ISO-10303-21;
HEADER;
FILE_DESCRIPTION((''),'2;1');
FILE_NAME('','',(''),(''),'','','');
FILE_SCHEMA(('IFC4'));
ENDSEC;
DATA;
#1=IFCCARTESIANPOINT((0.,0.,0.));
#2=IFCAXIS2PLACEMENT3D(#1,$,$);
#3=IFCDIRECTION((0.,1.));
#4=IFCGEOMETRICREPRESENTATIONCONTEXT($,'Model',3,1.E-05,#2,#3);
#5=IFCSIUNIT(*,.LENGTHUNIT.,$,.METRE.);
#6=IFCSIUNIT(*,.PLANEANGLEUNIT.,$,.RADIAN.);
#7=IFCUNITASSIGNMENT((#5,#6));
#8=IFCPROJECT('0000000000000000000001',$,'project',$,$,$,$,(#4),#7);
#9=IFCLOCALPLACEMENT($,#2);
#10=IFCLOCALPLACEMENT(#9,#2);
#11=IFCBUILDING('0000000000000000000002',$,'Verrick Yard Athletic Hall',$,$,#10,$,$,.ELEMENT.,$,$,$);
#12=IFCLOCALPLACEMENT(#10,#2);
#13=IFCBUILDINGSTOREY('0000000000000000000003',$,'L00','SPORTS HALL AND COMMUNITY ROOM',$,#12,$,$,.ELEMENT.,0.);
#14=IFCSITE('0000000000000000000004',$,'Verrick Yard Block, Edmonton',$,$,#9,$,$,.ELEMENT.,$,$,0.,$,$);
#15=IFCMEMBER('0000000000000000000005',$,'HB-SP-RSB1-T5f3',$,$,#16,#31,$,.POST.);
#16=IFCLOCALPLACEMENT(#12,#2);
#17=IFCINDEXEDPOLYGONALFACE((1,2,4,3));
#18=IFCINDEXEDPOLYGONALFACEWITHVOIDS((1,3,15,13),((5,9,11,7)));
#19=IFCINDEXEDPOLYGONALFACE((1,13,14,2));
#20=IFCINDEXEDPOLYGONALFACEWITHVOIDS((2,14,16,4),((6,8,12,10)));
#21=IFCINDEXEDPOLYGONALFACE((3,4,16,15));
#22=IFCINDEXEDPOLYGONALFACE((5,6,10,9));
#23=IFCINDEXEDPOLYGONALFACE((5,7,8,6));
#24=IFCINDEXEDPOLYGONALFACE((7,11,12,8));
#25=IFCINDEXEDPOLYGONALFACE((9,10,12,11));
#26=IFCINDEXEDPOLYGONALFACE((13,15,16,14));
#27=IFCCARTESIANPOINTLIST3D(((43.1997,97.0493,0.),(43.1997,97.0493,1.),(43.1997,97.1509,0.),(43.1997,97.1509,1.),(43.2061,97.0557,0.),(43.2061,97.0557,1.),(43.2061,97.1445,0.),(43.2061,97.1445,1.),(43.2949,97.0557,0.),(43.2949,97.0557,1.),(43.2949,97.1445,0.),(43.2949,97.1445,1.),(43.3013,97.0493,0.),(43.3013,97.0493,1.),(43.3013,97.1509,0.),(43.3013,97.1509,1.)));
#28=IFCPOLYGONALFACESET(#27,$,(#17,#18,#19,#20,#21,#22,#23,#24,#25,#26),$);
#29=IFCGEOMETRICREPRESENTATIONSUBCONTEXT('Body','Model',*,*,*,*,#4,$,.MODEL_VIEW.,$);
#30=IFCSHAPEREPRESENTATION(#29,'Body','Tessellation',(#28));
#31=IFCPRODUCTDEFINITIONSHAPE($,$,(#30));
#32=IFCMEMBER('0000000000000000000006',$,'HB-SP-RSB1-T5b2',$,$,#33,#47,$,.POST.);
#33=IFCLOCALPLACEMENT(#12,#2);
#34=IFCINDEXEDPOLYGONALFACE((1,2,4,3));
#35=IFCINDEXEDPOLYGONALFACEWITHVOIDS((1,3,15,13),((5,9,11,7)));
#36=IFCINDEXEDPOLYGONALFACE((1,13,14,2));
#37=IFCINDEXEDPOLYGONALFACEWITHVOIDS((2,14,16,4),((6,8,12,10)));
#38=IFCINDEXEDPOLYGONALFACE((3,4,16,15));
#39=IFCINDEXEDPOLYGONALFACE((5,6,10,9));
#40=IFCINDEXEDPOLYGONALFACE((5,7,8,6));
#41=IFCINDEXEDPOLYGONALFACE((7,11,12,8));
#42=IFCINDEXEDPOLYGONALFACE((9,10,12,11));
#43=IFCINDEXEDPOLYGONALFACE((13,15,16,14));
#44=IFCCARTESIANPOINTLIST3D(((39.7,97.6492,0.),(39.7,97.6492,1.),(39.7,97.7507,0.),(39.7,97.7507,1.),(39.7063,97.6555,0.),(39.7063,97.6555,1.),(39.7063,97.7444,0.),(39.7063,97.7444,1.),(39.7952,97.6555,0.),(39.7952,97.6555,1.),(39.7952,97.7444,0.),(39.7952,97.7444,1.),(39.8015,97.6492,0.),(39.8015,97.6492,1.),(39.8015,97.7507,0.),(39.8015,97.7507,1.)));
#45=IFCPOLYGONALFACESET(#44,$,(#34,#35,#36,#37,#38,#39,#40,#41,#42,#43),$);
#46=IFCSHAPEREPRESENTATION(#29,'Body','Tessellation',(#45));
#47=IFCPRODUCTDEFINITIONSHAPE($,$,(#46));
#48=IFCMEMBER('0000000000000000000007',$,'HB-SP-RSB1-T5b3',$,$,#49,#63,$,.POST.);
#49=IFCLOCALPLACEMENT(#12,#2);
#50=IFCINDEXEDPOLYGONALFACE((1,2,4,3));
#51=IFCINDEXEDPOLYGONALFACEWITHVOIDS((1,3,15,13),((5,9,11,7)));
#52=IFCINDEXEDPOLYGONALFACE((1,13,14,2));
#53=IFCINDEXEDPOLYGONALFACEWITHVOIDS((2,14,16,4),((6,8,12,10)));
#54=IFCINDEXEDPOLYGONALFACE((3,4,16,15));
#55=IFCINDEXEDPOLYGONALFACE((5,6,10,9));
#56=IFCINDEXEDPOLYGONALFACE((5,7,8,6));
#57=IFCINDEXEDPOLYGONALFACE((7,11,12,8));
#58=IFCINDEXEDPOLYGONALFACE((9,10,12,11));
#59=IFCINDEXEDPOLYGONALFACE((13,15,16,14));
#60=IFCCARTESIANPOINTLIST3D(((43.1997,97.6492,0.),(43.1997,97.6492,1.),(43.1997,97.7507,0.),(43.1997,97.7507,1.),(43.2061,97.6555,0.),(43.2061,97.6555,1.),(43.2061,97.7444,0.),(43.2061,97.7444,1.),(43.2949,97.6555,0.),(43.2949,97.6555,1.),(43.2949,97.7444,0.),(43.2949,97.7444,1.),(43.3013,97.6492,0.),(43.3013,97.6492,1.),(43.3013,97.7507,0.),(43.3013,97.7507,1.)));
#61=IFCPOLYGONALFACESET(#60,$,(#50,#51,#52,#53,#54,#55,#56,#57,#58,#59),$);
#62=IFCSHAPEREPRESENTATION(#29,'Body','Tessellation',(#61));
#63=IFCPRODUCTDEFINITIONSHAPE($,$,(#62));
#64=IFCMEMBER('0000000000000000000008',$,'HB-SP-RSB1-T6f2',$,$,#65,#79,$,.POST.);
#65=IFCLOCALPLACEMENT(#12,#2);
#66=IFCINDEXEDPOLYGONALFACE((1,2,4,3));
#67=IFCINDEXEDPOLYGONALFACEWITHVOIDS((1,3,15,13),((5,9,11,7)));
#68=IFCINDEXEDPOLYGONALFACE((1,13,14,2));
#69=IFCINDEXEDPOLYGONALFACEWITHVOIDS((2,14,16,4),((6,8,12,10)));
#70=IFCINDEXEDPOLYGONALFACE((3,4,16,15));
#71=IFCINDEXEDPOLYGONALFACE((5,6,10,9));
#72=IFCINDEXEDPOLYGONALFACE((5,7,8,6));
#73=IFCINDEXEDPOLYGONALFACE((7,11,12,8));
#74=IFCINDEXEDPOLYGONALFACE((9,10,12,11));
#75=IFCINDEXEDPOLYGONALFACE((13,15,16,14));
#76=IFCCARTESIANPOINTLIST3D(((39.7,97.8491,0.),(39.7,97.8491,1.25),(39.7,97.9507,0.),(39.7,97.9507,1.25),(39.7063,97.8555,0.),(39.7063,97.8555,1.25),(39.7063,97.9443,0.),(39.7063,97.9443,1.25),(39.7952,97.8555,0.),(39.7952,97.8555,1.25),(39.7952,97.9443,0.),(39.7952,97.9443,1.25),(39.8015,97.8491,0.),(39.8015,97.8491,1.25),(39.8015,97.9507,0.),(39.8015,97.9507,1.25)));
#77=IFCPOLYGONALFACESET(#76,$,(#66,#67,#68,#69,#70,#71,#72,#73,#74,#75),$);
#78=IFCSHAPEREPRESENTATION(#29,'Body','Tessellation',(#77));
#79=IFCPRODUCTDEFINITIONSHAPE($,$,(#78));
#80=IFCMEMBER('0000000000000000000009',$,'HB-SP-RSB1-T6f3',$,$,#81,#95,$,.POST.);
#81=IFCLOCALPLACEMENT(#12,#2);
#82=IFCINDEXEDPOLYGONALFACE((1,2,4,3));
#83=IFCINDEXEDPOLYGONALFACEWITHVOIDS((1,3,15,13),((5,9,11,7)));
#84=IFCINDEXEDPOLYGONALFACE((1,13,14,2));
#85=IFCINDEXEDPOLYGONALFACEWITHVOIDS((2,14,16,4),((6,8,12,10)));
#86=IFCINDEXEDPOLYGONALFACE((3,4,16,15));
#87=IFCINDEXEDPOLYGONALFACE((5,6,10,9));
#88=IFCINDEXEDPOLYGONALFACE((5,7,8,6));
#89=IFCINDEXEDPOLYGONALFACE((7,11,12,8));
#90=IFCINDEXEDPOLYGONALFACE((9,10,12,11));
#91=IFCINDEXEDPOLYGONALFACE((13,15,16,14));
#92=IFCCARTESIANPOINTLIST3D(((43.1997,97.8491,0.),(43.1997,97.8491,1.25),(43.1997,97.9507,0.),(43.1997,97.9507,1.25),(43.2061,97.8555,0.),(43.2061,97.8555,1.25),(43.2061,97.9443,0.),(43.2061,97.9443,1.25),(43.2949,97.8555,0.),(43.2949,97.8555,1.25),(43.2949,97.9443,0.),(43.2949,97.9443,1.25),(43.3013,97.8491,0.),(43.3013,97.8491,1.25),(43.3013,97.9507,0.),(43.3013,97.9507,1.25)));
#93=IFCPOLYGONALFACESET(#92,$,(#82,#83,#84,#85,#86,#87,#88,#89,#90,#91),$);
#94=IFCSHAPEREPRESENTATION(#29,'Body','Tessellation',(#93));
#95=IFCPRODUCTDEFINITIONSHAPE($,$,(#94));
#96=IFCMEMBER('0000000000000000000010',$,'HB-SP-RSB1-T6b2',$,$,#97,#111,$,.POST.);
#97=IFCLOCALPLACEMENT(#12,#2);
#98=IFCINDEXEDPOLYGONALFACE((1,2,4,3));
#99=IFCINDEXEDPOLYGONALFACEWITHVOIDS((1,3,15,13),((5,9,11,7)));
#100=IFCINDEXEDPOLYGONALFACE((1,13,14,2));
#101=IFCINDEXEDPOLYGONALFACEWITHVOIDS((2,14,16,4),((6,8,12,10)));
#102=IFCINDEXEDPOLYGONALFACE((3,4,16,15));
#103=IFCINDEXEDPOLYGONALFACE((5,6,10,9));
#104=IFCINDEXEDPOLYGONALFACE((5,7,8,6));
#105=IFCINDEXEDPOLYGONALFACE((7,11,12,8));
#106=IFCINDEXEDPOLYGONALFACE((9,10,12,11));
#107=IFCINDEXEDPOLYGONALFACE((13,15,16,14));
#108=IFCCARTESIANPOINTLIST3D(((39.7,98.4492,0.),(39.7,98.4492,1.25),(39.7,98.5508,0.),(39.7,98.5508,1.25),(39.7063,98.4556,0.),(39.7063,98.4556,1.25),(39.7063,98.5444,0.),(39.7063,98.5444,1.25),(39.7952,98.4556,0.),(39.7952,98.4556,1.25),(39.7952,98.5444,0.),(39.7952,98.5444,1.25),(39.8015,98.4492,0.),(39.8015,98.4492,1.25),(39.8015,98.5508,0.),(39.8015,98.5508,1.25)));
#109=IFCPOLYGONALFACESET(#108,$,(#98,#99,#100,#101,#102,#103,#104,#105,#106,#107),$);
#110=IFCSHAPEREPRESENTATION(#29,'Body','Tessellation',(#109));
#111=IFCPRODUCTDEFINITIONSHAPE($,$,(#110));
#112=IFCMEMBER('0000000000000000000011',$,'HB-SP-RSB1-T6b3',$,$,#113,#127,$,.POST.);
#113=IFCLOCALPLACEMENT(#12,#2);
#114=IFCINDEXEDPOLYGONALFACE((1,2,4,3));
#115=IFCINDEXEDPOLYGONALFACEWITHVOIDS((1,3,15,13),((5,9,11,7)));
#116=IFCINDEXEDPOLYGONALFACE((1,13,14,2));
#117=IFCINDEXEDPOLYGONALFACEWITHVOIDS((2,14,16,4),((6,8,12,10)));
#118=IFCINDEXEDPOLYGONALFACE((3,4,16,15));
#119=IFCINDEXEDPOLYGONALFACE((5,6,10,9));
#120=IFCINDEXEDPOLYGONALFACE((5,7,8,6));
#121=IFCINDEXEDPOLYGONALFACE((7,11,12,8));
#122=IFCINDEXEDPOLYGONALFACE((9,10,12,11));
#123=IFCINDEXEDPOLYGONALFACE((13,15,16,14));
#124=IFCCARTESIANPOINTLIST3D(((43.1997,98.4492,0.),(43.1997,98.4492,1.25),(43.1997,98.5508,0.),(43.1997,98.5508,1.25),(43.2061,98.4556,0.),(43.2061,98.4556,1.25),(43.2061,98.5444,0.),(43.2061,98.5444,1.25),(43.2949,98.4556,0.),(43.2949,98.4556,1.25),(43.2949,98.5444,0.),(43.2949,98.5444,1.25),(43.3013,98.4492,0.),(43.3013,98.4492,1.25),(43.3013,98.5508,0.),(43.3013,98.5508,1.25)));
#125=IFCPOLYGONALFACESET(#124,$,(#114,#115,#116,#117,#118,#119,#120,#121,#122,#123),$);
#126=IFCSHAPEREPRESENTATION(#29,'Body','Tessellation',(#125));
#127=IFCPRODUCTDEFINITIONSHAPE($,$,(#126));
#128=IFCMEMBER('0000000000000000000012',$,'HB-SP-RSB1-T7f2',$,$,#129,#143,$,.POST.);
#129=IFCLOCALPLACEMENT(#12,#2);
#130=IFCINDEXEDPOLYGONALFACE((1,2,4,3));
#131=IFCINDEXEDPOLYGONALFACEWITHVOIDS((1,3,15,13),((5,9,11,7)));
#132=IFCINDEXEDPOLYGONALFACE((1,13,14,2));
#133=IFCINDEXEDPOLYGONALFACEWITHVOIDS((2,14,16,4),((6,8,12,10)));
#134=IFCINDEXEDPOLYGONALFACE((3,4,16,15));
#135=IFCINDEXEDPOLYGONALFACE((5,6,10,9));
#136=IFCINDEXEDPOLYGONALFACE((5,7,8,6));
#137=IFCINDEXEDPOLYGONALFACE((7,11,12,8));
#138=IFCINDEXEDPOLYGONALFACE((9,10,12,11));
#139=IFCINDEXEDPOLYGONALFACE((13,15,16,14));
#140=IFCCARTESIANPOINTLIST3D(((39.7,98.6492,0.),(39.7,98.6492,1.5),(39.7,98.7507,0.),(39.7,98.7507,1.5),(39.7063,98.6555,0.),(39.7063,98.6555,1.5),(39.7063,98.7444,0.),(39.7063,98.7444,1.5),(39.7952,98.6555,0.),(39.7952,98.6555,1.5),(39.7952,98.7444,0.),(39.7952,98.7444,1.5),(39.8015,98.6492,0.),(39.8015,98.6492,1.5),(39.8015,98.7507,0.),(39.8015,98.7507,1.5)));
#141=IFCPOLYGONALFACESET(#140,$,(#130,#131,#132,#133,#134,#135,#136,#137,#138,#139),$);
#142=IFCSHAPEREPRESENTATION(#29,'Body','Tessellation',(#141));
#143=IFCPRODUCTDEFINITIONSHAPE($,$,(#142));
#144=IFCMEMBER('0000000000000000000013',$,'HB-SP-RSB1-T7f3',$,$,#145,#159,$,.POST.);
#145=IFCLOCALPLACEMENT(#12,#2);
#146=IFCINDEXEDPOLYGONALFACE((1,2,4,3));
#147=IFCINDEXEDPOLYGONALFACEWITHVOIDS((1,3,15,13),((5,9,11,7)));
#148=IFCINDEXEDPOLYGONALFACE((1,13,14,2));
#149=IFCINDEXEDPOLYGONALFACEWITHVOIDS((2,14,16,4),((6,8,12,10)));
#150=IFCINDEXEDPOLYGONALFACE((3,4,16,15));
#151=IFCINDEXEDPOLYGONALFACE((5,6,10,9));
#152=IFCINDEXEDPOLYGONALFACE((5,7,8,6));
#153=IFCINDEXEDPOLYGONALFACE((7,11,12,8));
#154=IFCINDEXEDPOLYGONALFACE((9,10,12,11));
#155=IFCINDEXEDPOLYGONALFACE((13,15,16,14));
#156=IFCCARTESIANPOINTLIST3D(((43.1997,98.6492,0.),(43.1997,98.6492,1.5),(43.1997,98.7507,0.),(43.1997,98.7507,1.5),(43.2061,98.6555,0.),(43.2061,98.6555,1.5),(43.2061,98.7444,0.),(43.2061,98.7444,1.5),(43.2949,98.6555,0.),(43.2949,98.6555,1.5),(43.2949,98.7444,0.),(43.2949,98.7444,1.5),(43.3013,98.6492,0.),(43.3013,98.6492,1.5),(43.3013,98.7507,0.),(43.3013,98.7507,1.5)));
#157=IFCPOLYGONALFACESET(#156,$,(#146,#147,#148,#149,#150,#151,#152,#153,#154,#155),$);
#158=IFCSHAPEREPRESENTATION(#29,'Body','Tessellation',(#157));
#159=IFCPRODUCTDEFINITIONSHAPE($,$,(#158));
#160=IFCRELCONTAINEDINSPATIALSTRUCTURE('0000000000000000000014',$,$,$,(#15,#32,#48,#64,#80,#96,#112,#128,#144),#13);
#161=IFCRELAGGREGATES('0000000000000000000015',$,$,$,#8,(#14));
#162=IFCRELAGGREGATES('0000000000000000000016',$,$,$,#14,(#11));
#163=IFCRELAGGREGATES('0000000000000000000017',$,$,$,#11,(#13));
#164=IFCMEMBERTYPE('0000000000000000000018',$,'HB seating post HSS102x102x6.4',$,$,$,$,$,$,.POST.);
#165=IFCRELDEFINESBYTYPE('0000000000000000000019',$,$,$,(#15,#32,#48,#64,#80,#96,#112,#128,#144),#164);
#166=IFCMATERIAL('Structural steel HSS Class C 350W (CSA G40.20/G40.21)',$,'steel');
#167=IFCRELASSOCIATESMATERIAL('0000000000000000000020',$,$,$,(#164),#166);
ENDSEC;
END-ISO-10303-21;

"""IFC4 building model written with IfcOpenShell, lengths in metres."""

from ifc_helpers import new_model, si_unit, direction, frame, origin, origin_2d, place, context, subcontext, project, spatial, hollow_rectangle, extrude, material, material_profile, profile_set, type_object, element, save


model = new_model("IFC4")

# Units and contexts
model_context = context("Model", 3, precision=1e-05, world=origin(), true_north=direction((0.0, 1.0)))
body_context = subcontext(model_context, "Body", "Model", "MODEL_VIEW")
ifc_project = project(units=[si_unit("LENGTHUNIT", "METRE"), si_unit("PLANEANGLEUNIT", "RADIAN")], contexts=[model_context])

# Site, building, storey
site_placement = place(None, origin())
site = spatial("IfcSite", under=ifc_project, at=site_placement, Name="Verrick Yard Block, Edmonton", CompositionType="ELEMENT", RefElevation=0.0)
building_placement = place(site_placement, origin())
building = spatial("IfcBuilding", under=site, at=building_placement, Name="Verrick Yard Athletic Hall", CompositionType="ELEMENT")
storey_placement = place(building_placement, origin())
storey = spatial("IfcBuildingStorey", under=building, at=storey_placement, Name="L00", Description="SPORTS HALL AND COMMUNITY ROOM", CompositionType="ELEMENT", Elevation=0.0)

# Members
ifc_material = material(Name="Structural steel HSS Class C 350W (CSA G40.20/G40.21)", Category="steel")
ifc_material_profile = material_profile(ifc_material, hollow_rectangle(XDim=0.1016, YDim=0.1016, WallThickness=0.0063, at=origin_2d()), Name="HSS102x102x6.4")
ifc_profile_set = profile_set([ifc_material_profile], Name="Structural steel HSS Class C 350W (CSA G40.20/G40.21)")
member_type = type_object("IfcMemberType", Name="HB seating post HSS102x102x6.4", PredefinedType="POST", material=ifc_profile_set)
for number, where, z_axis, x_axis, name in (
    (1, (43.2505, 97.1001, 0.0), (0.0, 0.0, 1.0), (0.0, 1.0, 0.0), "HB-SP-RSB1-T5f3"),
    (2, (39.7507, 97.7, 0.0), (0.0, 0.0, 1.0), (0.0, 1.0, 0.0), "HB-SP-RSB1-T5b2"),
    (3, (43.2505, 97.7, 0.0), (0.0, 0.0, 1.0), (0.0, 1.0, 0.0), "HB-SP-RSB1-T5b3"),
):
    element("IfcMember", number, at=place(storey_placement, frame(where, z_axis=z_axis, x_axis=x_axis)), inside=storey, type_object=member_type, Name=name, PredefinedType="POST", context=body_context, shape_type="SweptSolid", body=[
        extrude(hollow_rectangle(XDim=0.1016, YDim=0.1016, WallThickness=0.0063, at=origin_2d()), origin(), (0.0, 0.0, 1.0), 1.0),
    ])
for number, where, z_axis, x_axis, name in (
    (4, (39.7507, 97.8999, 0.0), (0.0, 0.0, 1.0), (0.0, 1.0, 0.0), "HB-SP-RSB1-T6f2"),
    (5, (43.2505, 97.8999, 0.0), (0.0, 0.0, 1.0), (0.0, 1.0, 0.0), "HB-SP-RSB1-T6f3"),
    (6, (39.7507, 98.5, 0.0), (0.0, 0.0, 1.0), (0.0, 1.0, 0.0), "HB-SP-RSB1-T6b2"),
    (7, (43.2505, 98.5, 0.0), (0.0, 0.0, 1.0), (0.0, 1.0, 0.0), "HB-SP-RSB1-T6b3"),
):
    element("IfcMember", number, at=place(storey_placement, frame(where, z_axis=z_axis, x_axis=x_axis)), inside=storey, type_object=member_type, Name=name, PredefinedType="POST", context=body_context, shape_type="SweptSolid", body=[
        extrude(hollow_rectangle(XDim=0.1016, YDim=0.1016, WallThickness=0.0063, at=origin_2d()), origin(), (0.0, 0.0, 1.0), 1.25),
    ])
for number, where, z_axis, x_axis, name in (
    (8, (39.7507, 98.7, 0.0), (0.0, 0.0, 1.0), (0.0, 1.0, 0.0), "HB-SP-RSB1-T7f2"),
    (9, (43.2505, 98.7, 0.0), (0.0, 0.0, 1.0), (0.0, 1.0, 0.0), "HB-SP-RSB1-T7f3"),
):
    element("IfcMember", number, at=place(storey_placement, frame(where, z_axis=z_axis, x_axis=x_axis)), inside=storey, type_object=member_type, Name=name, PredefinedType="POST", context=body_context, shape_type="SweptSolid", body=[
        extrude(hollow_rectangle(XDim=0.1016, YDim=0.1016, WallThickness=0.0063, at=origin_2d()), origin(), (0.0, 0.0, 1.0), 1.5),
    ])

save(model, "model.ifc")
